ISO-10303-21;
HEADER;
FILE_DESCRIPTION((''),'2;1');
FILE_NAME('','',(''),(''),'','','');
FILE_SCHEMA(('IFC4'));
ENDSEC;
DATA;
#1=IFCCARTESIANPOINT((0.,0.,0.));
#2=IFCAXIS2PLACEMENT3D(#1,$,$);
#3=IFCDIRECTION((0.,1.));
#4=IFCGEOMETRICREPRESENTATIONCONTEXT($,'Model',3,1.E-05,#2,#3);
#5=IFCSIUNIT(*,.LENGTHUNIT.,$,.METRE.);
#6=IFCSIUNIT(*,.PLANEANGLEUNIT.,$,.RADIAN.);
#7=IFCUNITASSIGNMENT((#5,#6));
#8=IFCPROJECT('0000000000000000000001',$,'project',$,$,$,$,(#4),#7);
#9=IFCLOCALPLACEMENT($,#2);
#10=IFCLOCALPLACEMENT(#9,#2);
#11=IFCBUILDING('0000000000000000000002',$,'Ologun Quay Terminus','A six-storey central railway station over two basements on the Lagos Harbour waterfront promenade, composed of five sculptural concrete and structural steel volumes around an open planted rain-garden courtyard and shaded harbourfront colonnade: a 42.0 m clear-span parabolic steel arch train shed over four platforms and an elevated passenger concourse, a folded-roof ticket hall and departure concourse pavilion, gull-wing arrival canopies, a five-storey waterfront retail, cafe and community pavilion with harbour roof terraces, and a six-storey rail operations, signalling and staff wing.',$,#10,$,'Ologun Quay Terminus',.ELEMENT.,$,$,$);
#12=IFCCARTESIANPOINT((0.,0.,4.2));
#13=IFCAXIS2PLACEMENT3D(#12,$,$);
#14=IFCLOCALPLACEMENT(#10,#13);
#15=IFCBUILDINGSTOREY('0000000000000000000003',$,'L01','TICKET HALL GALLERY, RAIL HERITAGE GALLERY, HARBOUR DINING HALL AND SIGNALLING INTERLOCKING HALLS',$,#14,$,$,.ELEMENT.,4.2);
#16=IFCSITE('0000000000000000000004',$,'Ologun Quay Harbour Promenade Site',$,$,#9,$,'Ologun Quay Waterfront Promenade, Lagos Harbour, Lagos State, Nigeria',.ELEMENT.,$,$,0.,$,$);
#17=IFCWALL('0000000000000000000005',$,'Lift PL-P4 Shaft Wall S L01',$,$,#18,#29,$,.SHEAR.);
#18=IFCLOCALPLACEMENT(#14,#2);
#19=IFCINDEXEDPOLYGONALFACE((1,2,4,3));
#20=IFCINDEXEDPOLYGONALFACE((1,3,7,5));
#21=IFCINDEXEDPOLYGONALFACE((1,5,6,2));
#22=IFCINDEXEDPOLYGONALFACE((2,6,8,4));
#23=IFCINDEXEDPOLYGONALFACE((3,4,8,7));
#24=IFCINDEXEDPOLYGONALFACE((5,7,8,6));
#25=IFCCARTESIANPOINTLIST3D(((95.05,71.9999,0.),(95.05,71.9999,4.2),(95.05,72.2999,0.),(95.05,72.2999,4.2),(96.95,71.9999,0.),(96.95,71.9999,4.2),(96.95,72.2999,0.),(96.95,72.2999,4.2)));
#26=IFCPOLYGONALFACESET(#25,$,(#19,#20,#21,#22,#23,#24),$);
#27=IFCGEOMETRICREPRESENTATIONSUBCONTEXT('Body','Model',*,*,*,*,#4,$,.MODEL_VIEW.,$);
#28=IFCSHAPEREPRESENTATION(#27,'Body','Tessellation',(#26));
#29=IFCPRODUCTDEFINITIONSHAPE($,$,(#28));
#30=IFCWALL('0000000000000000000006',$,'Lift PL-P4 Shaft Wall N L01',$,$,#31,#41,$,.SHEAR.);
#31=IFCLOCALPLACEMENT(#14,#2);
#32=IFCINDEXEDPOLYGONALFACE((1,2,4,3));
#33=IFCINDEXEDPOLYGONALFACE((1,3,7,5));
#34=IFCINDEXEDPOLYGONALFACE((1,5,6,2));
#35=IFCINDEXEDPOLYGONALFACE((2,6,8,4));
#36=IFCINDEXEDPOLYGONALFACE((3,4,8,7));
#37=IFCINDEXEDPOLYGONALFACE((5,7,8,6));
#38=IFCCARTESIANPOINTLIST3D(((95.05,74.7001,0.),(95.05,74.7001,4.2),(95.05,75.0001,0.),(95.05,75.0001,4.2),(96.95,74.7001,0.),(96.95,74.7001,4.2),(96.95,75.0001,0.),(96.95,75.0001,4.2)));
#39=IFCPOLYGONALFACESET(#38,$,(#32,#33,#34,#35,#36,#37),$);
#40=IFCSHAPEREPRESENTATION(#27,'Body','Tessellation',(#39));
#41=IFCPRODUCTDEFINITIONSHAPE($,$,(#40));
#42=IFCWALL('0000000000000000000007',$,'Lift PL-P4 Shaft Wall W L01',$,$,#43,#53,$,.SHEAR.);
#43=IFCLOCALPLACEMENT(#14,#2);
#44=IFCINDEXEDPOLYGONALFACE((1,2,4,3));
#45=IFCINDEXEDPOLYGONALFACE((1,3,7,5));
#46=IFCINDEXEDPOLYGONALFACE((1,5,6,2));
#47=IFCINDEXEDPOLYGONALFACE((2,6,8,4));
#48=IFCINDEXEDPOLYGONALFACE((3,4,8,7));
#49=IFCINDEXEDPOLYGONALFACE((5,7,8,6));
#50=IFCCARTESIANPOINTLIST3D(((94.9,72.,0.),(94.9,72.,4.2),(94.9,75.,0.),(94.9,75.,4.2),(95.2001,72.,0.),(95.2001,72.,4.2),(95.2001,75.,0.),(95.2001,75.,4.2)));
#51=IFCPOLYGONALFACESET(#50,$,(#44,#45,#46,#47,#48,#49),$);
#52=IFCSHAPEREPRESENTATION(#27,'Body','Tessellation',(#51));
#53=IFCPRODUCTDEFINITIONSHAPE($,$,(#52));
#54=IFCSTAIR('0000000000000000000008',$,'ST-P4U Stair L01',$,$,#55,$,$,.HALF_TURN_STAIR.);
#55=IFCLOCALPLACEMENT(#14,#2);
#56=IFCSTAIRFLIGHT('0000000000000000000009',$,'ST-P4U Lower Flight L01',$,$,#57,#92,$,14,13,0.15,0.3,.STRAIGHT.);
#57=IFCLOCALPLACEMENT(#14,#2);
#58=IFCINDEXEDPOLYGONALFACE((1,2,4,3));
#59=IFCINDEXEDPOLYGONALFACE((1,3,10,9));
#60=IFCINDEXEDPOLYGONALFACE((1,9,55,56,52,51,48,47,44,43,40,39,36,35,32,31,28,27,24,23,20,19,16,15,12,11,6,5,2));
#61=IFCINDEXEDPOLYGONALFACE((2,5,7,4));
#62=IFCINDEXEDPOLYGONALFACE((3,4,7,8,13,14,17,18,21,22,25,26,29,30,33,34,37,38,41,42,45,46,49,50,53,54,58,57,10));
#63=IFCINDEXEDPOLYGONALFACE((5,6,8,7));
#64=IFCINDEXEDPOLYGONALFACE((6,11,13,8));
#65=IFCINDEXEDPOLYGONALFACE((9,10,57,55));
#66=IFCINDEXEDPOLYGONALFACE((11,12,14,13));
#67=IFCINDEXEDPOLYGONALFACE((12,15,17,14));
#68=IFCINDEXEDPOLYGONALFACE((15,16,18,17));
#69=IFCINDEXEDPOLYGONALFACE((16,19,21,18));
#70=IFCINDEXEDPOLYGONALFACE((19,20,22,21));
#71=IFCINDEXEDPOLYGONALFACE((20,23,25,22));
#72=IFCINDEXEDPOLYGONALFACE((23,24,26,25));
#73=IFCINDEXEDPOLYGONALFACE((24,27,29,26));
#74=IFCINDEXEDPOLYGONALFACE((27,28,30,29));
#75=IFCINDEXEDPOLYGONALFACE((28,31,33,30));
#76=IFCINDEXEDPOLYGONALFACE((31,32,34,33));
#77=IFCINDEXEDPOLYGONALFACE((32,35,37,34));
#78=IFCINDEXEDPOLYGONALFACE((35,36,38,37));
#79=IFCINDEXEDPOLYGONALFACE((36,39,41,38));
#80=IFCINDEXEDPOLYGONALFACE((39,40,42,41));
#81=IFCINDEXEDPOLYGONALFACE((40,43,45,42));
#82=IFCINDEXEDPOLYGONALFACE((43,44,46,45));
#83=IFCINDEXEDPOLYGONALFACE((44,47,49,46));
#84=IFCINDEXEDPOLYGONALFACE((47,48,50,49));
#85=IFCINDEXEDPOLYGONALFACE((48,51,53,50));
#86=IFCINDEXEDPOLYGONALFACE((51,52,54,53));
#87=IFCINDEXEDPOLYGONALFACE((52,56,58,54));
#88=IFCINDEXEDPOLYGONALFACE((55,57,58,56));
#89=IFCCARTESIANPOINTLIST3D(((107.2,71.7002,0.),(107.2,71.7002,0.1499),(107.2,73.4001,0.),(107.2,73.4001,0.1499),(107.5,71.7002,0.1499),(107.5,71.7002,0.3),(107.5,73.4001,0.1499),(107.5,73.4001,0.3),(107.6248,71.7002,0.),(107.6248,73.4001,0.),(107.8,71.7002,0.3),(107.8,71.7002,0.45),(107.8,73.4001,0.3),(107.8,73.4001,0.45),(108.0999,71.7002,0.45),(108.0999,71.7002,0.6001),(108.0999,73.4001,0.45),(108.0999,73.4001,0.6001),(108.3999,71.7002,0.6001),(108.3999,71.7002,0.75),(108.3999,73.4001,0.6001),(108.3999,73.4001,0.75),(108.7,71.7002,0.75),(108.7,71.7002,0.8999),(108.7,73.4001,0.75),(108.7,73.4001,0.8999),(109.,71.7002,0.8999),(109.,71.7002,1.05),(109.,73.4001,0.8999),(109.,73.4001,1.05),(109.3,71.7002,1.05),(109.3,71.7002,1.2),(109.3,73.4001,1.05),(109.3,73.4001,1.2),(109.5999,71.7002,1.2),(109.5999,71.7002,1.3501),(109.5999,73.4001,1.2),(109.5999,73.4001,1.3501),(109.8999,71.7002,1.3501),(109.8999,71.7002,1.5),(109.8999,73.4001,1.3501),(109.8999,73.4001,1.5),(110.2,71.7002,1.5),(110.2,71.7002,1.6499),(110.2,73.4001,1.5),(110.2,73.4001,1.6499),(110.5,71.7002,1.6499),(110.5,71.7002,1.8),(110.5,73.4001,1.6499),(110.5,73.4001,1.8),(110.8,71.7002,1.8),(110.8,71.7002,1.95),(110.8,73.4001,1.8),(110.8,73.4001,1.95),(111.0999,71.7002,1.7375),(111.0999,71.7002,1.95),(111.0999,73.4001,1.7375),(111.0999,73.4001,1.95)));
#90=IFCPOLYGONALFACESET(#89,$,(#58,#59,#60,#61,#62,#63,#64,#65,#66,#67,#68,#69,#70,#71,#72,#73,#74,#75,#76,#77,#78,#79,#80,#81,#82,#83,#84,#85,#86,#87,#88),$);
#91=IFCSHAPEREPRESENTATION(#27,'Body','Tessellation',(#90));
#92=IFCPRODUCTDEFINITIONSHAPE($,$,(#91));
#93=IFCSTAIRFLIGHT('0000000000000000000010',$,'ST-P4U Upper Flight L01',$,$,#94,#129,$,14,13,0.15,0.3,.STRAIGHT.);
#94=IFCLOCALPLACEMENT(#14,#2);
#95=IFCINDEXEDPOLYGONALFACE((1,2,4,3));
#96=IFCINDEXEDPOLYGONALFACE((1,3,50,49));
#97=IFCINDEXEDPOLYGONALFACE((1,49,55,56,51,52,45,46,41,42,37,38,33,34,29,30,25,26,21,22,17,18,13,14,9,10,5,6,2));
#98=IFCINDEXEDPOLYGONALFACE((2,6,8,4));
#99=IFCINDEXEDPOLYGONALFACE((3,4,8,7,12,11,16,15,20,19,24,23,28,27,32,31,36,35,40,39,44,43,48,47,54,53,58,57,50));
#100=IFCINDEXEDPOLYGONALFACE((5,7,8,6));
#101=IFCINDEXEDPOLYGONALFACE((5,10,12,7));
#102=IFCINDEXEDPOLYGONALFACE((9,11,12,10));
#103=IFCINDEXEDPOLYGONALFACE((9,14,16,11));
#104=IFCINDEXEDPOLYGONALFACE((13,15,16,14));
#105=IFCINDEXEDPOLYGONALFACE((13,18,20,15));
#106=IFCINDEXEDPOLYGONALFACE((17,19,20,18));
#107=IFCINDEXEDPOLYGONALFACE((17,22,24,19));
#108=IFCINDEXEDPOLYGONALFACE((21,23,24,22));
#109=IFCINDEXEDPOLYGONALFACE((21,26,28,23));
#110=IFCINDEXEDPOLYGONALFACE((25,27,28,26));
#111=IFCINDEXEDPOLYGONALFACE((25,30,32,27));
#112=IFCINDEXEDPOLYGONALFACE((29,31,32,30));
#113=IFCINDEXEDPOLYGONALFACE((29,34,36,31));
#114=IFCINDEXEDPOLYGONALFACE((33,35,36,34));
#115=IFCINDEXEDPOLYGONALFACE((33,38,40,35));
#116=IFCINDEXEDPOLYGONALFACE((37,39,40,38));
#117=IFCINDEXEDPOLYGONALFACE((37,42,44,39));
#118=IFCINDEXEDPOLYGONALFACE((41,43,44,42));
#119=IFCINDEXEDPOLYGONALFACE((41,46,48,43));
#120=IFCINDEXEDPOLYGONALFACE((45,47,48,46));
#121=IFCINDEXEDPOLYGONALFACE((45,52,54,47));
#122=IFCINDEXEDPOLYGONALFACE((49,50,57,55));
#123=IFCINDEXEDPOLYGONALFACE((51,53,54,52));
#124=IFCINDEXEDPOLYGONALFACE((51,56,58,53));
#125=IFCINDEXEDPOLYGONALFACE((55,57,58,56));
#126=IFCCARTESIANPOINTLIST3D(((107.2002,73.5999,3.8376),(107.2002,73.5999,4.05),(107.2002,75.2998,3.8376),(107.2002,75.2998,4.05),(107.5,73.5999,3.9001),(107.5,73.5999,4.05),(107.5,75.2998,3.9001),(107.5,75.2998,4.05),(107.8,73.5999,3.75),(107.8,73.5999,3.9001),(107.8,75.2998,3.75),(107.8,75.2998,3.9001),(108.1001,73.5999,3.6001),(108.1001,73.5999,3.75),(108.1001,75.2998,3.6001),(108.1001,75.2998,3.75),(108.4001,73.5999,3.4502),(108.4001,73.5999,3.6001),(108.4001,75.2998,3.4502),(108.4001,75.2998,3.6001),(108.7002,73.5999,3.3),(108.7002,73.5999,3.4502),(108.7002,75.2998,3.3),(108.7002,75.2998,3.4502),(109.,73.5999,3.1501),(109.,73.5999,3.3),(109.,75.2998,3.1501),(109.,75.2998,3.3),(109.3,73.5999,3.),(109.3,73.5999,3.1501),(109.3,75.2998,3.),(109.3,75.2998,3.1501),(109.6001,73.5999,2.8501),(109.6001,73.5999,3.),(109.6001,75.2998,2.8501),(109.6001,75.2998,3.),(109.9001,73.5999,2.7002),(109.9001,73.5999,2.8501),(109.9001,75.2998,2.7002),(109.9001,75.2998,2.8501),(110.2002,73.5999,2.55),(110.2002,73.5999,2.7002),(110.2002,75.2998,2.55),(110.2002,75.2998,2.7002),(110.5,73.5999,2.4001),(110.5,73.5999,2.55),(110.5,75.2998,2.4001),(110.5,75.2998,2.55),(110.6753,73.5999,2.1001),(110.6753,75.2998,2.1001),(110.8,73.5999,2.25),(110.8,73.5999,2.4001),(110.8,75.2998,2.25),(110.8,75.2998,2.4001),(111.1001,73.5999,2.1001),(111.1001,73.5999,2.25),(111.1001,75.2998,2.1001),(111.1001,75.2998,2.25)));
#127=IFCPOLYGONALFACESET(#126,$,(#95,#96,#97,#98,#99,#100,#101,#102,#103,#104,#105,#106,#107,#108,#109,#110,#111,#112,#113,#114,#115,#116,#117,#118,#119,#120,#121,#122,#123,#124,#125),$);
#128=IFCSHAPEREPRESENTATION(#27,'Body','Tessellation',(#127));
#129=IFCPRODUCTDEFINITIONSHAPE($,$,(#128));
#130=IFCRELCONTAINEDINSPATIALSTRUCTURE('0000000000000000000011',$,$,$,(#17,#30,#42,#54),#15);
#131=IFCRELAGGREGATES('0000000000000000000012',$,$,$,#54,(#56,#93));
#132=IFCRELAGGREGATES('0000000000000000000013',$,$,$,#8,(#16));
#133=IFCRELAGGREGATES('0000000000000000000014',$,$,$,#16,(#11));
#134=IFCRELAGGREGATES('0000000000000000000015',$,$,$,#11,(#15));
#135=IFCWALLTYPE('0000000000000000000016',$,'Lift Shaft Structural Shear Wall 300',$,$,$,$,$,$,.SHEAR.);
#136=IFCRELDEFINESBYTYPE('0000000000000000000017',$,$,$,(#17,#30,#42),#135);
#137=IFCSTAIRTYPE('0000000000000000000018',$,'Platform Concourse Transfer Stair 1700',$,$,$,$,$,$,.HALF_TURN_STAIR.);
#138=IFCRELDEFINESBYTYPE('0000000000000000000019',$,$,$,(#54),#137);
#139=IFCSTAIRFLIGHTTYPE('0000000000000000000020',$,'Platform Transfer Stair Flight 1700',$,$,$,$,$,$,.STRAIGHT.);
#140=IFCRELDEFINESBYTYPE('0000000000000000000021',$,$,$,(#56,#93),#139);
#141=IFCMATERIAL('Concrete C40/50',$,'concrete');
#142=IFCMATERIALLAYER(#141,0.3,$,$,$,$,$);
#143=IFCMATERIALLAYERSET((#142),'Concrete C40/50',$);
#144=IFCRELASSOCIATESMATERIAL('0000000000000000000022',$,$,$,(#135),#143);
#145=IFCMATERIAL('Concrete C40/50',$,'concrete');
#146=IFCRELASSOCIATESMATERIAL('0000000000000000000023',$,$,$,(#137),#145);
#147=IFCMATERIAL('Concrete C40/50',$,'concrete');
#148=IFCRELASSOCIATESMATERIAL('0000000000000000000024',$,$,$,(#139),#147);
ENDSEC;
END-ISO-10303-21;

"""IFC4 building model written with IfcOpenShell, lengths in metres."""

from ifc_helpers import new_model, si_unit, direction, frame, frame_2d, origin, place, context, subcontext, project, spatial, polyline, rectangle, outline, extrude, material, layer, layer_set, type_object, element, aggregate, save


model = new_model("IFC4")

# Units and contexts
model_context = context("Model", 3, precision=1e-05, world=origin(), true_north=direction((0.0, 1.0)))
body_context = subcontext(model_context, "Body", "Model", "MODEL_VIEW")
ifc_project = project(units=[si_unit("LENGTHUNIT", "METRE"), si_unit("PLANEANGLEUNIT", "RADIAN")], contexts=[model_context])

# Site, building, storey
site_placement = place(None, origin())
site = spatial("IfcSite", under=ifc_project, at=site_placement, Name="Ologun Quay Harbour Promenade Site", LongName="Ologun Quay Waterfront Promenade, Lagos Harbour, Lagos State, Nigeria", CompositionType="ELEMENT", RefElevation=0.0)
building_placement = place(site_placement, origin())
building = spatial("IfcBuilding", under=site, at=building_placement, Name="Ologun Quay Terminus", Description="A six-storey central railway station over two basements on the Lagos Harbour waterfront promenade, composed of five sculptural concrete and structural steel volumes around an open planted rain-garden courtyard and shaded harbourfront colonnade: a 42.0 m clear-span parabolic steel arch train shed over four platforms and an elevated passenger concourse, a folded-roof ticket hall and departure concourse pavilion, gull-wing arrival canopies, a five-storey waterfront retail, cafe and community pavilion with harbour roof terraces, and a six-storey rail operations, signalling and staff wing.", LongName="Ologun Quay Terminus", CompositionType="ELEMENT")
storey_placement = place(building_placement, frame((0.0, 0.0, 4.2)))
storey = spatial("IfcBuildingStorey", under=building, at=storey_placement, Name="L01", Description="TICKET HALL GALLERY, RAIL HERITAGE GALLERY, HARBOUR DINING HALL AND SIGNALLING INTERLOCKING HALLS", CompositionType="ELEMENT", Elevation=4.2)

# Walls
ifc_material_1 = material(Name="Concrete C40/50", Category="concrete")
ifc_layer = layer(ifc_material_1, 0.3)
ifc_layer_set = layer_set([ifc_layer], Name="Concrete C40/50")
wall_type = type_object("IfcWallType", Name="Lift Shaft Structural Shear Wall 300", PredefinedType="SHEAR", material=ifc_layer_set)
for number, where, z_axis, x_axis, name in (
    (1, (95.05, 72.1499, 0.0), (0.0, 0.0, 1.0), (1.0, 0.0, 0.0), "Lift PL-P4 Shaft Wall S L01"),
    (2, (95.05, 74.8501, 0.0), (0.0, 0.0, 1.0), (1.0, 0.0, 0.0), "Lift PL-P4 Shaft Wall N L01"),
):
    element("IfcWall", number, at=place(storey_placement, frame(where, z_axis=z_axis, x_axis=x_axis)), inside=storey, type_object=wall_type, Name=name, PredefinedType="SHEAR", context=body_context, shape_type="SweptSolid", body=[
        extrude(rectangle(XDim=1.8999, YDim=0.3, at=frame_2d((0.95, 0.0))), origin(), (0.0, 0.0, 1.0), 4.2),
    ])
wall_placement = place(storey_placement, frame((95.05, 72.0, 0.0), z_axis=(0.0, 0.0, 1.0), x_axis=(0.0, 1.0, 0.0)))
element("IfcWall", 3, at=wall_placement, inside=storey, type_object=wall_type, Name="Lift PL-P4 Shaft Wall W L01", PredefinedType="SHEAR", context=body_context, shape_type="SweptSolid", body=[
    extrude(rectangle(XDim=3.0, YDim=0.3, at=frame_2d((1.5, 0.0))), origin(), (0.0, 0.0, 1.0), 4.2),
])

# Stair, stair flights
ifc_material_2 = material(Name="Concrete C40/50", Category="concrete")
stair_type = type_object("IfcStairType", Name="Platform Concourse Transfer Stair 1700", PredefinedType="HALF_TURN_STAIR", material=ifc_material_2)
stair_placement = place(storey_placement, origin())
stair = element("IfcStair", 4, at=stair_placement, inside=storey, type_object=stair_type, Name="ST-P4U Stair L01", PredefinedType="HALF_TURN_STAIR")
ifc_material_3 = material(Name="Concrete C40/50", Category="concrete")
stair_flight_type = type_object("IfcStairFlightType", Name="Platform Transfer Stair Flight 1700", PredefinedType="STRAIGHT", material=ifc_material_3)
stair_flight_1_placement = place(storey_placement, frame((107.2, 72.55, 0.0), z_axis=(0.0, 0.0, 1.0), x_axis=(1.0, 0.0, 0.0)))
stair_flight_1 = element("IfcStairFlight", 5, at=stair_flight_1_placement, type_object=stair_flight_type, Name="ST-P4U Lower Flight L01", NumberOfRisers=14, NumberOfTreads=13, PredefinedType="STRAIGHT", RiserHeight=0.15, TreadLength=0.3, context=body_context, shape_type="SweptSolid", body=[
    extrude(outline(polyline([(0.0, 0.0), (0.0, 0.1499), (0.3, 0.1499), (0.3, 0.3), (0.6001, 0.3), (0.6001, 0.45), (0.8999, 0.45), (0.8999, 0.6001), (1.2, 0.6001), (1.2, 0.75), (1.5, 0.75), (1.5, 0.8999), (1.8, 0.8999), (1.8, 1.05), (2.1001, 1.05), (2.1001, 1.2), (2.3999, 1.2), (2.3999, 1.3501), (2.7, 1.3501), (2.7, 1.5), (3.0, 1.5), (3.0, 1.6499), (3.3, 1.6499), (3.3, 1.8), (3.6001, 1.8), (3.6001, 1.95), (3.8999, 1.95), (3.8999, 2.1001), (3.8999, 1.7375), (0.4248, 0.0), (0.0, 0.0)])), frame((0.0, 0.8501, 0.0), z_axis=(0.0, -1.0, 0.0), x_axis=(1.0, 0.0, 0.0)), (0.0, 0.0, 1.0), 1.7),
])
stair_flight_2_placement = place(storey_placement, frame((111.1001, 74.45, 2.1001), z_axis=(0.0, 0.0, 1.0), x_axis=(-1.0, 0.0, 0.0)))
stair_flight_2 = element("IfcStairFlight", 6, at=stair_flight_2_placement, type_object=stair_flight_type, Name="ST-P4U Upper Flight L01", NumberOfRisers=14, NumberOfTreads=13, PredefinedType="STRAIGHT", RiserHeight=0.15, TreadLength=0.3, context=body_context, shape_type="SweptSolid", body=[
    extrude(outline(polyline([(0.0, 0.0), (0.0, 0.1499), (0.3, 0.1499), (0.3, 0.3), (0.6001, 0.3), (0.6001, 0.45), (0.8999, 0.45), (0.8999, 0.6001), (1.2, 0.6001), (1.2, 0.75), (1.5, 0.75), (1.5, 0.8999), (1.8, 0.8999), (1.8, 1.05), (2.1001, 1.05), (2.1001, 1.2), (2.3999, 1.2), (2.3999, 1.3501), (2.7, 1.3501), (2.7, 1.5), (3.0, 1.5), (3.0, 1.6499), (3.3, 1.6499), (3.3, 1.8), (3.6001, 1.8), (3.6001, 1.95), (3.8999, 1.95), (3.8999, 2.1001), (3.8999, 1.7375), (0.4248, 0.0), (0.0, 0.0)])), frame((0.0, 0.8501, 0.0), z_axis=(0.0, -1.0, 0.0), x_axis=(1.0, 0.0, 0.0)), (0.0, 0.0, 1.0), 1.7),
])
aggregate(stair, [stair_flight_1, stair_flight_2])

save(model, "model.ifc")
